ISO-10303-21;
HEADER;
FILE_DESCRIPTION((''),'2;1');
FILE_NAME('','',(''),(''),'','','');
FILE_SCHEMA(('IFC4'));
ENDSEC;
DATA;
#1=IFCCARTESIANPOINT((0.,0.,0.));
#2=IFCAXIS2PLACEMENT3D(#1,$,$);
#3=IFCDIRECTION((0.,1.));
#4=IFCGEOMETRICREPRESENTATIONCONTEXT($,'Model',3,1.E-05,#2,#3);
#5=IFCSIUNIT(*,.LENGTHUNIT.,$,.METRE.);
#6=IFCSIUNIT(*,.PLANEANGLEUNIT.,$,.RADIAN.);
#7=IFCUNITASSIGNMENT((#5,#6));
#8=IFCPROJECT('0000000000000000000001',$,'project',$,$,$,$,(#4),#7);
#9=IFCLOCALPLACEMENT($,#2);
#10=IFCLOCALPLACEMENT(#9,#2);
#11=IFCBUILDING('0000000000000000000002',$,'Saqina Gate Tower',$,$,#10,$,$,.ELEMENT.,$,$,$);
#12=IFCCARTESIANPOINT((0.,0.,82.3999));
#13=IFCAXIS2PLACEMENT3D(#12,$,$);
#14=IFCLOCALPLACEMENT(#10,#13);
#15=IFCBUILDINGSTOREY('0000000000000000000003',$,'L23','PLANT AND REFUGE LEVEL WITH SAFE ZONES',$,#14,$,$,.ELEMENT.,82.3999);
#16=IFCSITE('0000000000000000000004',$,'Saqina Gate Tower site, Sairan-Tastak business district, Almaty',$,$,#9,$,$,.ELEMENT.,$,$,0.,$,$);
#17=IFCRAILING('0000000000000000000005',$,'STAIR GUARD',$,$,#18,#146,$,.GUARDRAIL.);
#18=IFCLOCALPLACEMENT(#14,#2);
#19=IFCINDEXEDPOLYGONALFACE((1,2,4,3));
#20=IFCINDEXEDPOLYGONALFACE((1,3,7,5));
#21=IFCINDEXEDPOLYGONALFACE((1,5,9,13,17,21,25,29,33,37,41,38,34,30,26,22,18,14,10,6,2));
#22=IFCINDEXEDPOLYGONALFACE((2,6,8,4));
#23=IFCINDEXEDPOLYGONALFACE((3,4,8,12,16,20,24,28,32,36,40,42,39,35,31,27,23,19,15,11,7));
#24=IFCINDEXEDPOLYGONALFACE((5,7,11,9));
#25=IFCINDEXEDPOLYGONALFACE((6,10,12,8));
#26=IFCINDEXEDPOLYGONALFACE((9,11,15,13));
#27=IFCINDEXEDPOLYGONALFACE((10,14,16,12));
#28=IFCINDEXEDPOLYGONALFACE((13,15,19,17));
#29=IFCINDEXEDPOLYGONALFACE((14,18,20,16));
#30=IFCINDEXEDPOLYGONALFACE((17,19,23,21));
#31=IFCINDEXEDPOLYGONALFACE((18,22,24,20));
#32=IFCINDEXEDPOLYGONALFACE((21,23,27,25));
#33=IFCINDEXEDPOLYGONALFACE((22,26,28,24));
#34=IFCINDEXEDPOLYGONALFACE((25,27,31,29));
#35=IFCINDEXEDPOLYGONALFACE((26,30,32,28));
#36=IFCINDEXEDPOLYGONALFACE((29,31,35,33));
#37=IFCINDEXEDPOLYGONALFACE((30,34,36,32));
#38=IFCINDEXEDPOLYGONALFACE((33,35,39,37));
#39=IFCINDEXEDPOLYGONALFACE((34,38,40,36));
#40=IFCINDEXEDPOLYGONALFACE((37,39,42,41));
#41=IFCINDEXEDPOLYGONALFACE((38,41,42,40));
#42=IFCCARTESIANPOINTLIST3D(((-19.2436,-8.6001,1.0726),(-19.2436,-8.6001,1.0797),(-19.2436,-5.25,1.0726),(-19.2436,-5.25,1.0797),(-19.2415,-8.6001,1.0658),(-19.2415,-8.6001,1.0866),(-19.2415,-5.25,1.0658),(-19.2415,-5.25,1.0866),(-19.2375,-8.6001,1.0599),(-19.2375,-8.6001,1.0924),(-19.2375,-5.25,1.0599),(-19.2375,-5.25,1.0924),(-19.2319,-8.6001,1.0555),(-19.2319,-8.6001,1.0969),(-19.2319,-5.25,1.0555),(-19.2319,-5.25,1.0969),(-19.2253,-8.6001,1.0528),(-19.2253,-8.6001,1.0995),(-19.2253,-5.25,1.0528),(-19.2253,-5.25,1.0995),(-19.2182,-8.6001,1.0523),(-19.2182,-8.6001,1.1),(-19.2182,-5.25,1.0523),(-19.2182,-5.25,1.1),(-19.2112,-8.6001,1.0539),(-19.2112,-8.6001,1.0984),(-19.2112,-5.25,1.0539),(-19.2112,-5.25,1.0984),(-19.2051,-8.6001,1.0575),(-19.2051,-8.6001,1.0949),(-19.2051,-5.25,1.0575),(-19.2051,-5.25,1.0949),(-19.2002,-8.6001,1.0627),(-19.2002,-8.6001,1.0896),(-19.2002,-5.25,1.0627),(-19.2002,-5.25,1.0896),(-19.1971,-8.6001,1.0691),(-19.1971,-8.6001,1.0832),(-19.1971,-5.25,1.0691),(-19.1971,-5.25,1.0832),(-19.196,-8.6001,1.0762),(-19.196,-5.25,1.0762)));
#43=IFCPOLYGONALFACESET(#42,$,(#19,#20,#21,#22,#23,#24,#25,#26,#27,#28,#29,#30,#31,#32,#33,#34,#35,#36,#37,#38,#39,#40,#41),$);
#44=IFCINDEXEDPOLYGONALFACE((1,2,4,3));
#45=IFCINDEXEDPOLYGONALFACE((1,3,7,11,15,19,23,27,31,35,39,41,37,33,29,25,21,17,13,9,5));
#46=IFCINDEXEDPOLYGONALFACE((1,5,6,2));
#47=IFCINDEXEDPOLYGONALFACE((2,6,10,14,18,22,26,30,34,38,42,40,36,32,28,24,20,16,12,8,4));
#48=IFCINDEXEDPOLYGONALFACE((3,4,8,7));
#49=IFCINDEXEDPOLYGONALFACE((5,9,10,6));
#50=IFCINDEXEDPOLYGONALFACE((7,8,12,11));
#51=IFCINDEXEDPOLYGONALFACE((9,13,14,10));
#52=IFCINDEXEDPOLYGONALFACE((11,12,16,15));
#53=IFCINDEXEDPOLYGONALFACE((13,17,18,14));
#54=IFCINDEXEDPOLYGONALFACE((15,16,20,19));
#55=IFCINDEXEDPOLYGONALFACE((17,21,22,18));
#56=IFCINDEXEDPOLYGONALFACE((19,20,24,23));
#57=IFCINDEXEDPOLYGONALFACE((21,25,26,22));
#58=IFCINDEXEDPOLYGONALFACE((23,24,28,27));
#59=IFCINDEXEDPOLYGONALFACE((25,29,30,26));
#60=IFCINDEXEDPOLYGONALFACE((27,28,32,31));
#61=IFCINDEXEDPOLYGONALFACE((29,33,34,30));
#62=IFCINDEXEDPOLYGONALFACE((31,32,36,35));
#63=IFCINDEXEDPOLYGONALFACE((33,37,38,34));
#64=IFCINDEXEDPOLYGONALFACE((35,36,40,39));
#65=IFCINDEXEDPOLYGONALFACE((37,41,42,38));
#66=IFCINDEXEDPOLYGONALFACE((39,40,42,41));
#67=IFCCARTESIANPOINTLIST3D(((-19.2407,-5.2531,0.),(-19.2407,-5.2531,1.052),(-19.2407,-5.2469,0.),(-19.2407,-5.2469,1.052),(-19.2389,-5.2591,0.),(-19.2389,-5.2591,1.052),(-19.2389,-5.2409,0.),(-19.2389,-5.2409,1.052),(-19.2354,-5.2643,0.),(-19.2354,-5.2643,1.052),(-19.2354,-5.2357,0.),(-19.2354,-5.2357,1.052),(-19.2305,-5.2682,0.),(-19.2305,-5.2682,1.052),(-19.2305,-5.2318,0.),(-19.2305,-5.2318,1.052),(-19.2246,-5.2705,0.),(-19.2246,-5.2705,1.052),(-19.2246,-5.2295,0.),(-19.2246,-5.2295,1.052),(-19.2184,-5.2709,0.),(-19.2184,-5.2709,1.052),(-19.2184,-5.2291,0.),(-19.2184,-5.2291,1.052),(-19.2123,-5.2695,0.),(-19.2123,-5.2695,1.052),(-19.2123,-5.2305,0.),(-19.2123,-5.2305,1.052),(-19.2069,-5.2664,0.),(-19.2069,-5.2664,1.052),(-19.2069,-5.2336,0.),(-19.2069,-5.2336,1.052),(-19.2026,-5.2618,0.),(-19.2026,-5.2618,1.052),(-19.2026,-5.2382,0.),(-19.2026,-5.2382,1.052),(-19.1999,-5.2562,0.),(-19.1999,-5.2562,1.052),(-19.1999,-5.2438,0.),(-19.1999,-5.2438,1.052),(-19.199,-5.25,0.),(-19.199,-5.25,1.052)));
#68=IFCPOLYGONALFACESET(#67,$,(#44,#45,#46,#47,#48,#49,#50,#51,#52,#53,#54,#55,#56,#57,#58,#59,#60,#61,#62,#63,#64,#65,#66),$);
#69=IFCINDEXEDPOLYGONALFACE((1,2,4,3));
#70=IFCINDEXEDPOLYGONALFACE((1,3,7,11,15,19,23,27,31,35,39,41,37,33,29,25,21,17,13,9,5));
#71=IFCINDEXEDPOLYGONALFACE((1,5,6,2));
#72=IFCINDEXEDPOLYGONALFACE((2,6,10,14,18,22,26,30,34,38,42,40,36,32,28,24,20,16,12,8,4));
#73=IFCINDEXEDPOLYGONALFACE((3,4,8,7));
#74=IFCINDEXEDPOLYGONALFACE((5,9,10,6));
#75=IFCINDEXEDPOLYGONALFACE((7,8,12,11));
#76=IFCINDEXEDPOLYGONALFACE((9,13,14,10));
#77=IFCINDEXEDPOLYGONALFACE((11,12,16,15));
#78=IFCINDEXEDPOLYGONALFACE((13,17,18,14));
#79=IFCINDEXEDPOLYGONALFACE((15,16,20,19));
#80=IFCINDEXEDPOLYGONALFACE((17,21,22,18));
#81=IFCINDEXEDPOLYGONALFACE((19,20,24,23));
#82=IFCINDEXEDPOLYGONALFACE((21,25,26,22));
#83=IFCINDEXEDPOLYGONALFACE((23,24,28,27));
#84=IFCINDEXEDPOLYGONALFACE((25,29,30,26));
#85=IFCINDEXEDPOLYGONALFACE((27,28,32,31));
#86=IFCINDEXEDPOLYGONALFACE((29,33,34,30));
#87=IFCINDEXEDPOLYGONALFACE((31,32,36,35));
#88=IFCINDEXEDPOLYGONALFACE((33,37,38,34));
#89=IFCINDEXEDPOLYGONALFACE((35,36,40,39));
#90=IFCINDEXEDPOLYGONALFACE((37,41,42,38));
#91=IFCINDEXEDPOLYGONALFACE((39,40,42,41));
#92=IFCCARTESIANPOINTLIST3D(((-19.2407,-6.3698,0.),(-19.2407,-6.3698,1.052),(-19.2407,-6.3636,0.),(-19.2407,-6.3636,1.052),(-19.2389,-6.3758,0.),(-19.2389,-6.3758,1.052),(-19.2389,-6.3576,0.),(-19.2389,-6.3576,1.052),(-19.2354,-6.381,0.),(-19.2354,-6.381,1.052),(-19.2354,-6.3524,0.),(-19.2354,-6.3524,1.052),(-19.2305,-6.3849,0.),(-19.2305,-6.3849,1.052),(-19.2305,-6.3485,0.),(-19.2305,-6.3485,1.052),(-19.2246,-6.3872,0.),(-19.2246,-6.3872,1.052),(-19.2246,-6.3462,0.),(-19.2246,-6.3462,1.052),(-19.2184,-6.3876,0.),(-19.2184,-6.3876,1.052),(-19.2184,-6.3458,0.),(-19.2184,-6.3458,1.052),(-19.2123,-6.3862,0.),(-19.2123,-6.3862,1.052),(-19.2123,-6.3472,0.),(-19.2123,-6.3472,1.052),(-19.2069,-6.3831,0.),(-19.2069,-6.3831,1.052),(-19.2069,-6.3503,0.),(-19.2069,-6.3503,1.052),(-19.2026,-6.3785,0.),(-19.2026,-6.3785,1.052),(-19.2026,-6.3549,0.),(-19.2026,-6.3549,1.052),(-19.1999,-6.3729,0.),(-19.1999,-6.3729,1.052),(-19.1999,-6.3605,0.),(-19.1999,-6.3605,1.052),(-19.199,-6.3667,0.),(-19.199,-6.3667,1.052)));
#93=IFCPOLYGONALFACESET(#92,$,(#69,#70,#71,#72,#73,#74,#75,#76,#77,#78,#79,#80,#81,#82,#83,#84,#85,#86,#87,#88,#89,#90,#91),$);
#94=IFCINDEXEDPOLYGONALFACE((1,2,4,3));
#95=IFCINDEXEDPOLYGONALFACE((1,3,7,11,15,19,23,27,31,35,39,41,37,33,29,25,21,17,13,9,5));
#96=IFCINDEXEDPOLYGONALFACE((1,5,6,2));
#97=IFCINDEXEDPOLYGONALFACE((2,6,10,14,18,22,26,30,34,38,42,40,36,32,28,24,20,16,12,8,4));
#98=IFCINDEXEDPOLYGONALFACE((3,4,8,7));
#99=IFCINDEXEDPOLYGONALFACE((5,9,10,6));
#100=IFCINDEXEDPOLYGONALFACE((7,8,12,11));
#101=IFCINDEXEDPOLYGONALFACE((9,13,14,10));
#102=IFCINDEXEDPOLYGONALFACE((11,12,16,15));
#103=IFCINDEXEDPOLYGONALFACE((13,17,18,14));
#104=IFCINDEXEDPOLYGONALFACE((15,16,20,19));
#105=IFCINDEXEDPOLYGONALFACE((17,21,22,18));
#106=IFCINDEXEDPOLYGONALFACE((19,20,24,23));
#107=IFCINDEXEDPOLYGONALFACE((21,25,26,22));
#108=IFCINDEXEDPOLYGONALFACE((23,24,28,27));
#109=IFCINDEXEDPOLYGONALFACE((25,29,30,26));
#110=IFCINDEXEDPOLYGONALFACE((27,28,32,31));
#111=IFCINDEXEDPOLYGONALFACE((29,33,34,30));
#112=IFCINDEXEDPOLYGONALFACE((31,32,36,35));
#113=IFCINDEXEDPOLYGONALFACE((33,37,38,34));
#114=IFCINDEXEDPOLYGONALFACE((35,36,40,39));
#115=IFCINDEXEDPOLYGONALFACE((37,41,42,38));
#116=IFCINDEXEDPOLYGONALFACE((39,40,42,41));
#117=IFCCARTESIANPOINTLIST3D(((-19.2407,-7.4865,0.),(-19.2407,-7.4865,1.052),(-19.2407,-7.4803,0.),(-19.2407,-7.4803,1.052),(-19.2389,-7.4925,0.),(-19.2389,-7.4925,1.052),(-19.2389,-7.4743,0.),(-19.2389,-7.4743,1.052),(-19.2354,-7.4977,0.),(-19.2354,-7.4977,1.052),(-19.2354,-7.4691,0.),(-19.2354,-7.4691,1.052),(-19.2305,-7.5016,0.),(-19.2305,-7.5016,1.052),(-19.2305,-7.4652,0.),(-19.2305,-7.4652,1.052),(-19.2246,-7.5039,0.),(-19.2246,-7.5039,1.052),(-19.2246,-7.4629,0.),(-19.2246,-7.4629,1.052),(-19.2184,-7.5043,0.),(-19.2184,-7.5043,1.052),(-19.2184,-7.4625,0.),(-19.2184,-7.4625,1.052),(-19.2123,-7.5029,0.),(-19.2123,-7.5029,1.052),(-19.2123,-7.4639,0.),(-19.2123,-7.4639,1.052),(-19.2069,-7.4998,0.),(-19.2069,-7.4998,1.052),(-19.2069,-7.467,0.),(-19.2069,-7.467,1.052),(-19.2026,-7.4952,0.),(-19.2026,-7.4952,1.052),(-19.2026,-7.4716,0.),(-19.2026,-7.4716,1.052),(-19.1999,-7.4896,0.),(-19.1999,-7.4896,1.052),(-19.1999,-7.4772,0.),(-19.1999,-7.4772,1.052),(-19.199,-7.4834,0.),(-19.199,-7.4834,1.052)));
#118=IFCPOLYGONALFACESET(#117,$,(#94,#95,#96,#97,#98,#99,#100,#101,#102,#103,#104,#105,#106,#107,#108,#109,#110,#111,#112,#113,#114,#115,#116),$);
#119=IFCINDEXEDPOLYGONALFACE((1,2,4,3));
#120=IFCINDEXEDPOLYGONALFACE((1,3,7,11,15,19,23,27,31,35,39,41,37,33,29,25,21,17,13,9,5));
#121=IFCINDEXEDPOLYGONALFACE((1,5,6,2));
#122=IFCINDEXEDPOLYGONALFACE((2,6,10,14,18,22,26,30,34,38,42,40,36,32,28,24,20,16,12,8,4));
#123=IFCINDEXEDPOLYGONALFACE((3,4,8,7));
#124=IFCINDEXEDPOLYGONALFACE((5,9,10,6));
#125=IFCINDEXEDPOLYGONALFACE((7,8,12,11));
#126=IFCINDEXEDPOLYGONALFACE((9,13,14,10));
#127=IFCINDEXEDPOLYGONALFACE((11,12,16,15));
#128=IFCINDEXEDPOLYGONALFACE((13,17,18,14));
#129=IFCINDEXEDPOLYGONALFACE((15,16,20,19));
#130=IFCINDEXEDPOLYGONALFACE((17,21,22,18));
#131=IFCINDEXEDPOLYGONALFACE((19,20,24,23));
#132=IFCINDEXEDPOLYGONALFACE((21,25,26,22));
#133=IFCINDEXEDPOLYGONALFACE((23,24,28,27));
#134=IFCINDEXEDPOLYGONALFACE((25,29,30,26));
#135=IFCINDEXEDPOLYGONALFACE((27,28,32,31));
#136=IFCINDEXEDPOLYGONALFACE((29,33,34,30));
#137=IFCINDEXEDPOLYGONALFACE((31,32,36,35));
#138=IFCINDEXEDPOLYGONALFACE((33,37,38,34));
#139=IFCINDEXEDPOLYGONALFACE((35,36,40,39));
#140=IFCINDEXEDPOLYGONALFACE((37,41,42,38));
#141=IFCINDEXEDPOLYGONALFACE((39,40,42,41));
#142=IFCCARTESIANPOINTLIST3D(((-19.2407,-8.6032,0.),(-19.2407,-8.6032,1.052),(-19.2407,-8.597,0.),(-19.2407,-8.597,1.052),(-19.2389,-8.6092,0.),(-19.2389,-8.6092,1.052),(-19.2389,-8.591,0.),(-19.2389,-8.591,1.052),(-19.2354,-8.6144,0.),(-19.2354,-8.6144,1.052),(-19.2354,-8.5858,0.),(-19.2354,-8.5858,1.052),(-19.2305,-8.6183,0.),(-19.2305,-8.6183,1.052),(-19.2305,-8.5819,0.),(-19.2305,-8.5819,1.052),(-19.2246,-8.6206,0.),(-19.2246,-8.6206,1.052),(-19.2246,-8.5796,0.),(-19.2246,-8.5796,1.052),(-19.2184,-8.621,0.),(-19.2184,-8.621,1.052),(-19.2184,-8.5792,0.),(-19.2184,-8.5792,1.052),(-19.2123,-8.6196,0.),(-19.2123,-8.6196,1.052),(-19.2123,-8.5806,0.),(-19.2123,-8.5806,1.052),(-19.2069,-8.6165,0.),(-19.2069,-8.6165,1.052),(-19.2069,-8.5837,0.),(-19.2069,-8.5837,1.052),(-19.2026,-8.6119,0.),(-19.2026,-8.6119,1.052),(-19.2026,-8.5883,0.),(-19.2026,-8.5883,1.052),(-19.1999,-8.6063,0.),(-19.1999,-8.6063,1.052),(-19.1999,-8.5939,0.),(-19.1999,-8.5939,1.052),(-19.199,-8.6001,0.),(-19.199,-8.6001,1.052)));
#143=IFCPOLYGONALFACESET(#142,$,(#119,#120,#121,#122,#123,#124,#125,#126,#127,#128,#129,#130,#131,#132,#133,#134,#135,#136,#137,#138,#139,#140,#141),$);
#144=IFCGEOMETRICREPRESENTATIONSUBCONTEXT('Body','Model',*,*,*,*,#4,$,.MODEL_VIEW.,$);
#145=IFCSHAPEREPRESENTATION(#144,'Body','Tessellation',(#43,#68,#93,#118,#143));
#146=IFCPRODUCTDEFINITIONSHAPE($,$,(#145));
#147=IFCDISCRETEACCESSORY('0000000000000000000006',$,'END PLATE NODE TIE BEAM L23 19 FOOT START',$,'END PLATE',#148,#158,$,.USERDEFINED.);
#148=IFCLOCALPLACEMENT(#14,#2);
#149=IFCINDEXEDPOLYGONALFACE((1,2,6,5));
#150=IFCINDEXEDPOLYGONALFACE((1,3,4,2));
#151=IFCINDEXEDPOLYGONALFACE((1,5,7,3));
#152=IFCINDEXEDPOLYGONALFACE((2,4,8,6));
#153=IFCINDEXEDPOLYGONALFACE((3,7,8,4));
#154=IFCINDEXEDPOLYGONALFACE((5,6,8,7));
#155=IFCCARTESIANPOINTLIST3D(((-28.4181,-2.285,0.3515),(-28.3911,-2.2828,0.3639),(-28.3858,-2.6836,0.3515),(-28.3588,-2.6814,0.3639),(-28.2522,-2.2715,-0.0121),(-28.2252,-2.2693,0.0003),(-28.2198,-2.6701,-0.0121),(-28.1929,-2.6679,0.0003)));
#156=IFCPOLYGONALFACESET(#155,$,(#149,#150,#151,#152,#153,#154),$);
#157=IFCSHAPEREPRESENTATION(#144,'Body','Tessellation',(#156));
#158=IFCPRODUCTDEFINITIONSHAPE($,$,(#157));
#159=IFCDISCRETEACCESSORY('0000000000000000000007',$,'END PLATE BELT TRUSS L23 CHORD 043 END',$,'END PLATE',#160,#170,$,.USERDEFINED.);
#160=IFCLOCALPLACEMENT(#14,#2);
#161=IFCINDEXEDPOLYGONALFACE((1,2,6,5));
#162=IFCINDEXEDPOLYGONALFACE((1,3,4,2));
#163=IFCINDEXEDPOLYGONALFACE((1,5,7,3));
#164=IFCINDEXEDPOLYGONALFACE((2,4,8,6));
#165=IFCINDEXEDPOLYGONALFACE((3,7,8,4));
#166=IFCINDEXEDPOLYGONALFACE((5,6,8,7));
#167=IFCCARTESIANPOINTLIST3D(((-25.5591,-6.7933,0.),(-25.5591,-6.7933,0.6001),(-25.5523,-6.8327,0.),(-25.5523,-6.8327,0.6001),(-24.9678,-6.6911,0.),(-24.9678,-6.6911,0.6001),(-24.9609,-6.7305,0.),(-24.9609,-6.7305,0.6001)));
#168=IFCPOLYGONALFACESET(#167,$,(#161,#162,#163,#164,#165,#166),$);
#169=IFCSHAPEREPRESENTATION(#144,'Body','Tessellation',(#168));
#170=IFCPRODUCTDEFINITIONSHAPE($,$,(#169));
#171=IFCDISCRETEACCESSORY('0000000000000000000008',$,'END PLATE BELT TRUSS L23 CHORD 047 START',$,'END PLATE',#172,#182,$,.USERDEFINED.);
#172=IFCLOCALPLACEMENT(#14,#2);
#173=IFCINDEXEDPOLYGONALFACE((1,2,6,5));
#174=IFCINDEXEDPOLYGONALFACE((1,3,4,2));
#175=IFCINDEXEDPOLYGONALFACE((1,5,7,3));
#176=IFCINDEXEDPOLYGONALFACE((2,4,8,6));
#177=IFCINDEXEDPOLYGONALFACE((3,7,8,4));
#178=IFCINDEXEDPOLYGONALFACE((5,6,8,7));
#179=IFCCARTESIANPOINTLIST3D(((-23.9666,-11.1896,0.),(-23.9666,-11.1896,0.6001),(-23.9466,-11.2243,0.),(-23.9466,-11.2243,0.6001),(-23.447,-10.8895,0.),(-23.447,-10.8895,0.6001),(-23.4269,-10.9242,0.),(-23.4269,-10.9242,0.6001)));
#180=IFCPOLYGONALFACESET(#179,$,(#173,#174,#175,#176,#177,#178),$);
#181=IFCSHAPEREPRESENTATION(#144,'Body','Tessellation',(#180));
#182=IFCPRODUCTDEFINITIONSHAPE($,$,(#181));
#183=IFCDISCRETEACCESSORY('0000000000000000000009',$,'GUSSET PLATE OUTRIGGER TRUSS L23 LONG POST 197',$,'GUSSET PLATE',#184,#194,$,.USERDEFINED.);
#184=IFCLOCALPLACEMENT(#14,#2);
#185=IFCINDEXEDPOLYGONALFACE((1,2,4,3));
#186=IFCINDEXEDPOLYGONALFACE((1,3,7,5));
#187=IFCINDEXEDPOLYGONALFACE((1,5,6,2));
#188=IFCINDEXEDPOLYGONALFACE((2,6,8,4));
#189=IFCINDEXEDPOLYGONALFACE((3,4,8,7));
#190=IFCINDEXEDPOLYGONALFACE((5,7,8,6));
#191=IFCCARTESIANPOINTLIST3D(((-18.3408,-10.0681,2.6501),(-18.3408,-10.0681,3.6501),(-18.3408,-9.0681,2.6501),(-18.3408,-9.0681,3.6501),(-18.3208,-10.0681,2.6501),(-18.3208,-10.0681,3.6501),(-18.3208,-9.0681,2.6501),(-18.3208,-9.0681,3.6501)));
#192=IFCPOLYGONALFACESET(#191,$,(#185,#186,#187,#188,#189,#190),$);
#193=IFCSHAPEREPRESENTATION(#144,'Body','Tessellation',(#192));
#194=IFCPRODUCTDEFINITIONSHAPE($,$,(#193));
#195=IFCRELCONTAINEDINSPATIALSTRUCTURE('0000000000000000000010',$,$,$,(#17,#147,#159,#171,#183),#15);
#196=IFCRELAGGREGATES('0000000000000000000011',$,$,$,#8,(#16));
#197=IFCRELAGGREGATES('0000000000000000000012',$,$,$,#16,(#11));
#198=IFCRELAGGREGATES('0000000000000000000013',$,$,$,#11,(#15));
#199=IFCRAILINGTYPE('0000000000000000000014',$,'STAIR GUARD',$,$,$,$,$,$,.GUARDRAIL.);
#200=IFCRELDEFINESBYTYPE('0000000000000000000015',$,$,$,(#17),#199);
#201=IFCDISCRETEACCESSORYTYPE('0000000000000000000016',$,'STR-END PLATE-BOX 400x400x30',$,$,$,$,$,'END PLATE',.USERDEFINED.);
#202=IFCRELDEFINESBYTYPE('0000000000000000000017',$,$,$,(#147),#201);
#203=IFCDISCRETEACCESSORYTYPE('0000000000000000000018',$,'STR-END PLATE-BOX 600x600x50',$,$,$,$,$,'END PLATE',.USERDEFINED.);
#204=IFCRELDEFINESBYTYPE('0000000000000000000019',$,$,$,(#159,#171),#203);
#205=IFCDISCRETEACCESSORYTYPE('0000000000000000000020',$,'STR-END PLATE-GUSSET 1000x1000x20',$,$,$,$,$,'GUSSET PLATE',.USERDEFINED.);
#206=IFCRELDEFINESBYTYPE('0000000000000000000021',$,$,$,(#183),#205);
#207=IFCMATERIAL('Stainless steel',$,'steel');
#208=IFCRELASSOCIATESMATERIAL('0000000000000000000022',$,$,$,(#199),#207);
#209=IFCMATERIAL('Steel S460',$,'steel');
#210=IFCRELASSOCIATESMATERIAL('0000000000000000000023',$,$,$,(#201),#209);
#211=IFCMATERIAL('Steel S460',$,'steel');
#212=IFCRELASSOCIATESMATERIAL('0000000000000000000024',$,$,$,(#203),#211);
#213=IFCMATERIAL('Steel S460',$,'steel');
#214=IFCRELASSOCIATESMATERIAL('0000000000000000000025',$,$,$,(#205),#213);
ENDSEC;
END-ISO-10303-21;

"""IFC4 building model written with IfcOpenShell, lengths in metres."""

from ifc_helpers import new_model, si_unit, direction, frame, origin, origin_2d, place, context, subcontext, project, spatial, rectangle, circle, extrude, material, material_profile, profile_set, type_object, element, save


model = new_model("IFC4")

# Units and contexts
model_context = context("Model", 3, precision=1e-05, world=origin(), true_north=direction((0.0, 1.0)))
body_context = subcontext(model_context, "Body", "Model", "MODEL_VIEW")
ifc_project = project(units=[si_unit("LENGTHUNIT", "METRE"), si_unit("PLANEANGLEUNIT", "RADIAN")], contexts=[model_context])

# Site, building, storey
site_placement = place(None, origin())
site = spatial("IfcSite", under=ifc_project, at=site_placement, Name="Saqina Gate Tower site, Sairan-Tastak business district, Almaty", CompositionType="ELEMENT", RefElevation=0.0)
building_placement = place(site_placement, origin())
building = spatial("IfcBuilding", under=site, at=building_placement, Name="Saqina Gate Tower", CompositionType="ELEMENT")
storey_placement = place(building_placement, frame((0.0, 0.0, 82.3999)))
storey = spatial("IfcBuildingStorey", under=building, at=storey_placement, Name="L23", Description="PLANT AND REFUGE LEVEL WITH SAFE ZONES", CompositionType="ELEMENT", Elevation=82.3999)

# Railing
ifc_material_1 = material(Name="Stainless steel", Category="steel")
railing_type = type_object("IfcRailingType", Name="STAIR GUARD", PredefinedType="GUARDRAIL", material=ifc_material_1)
railing_placement = place(storey_placement, frame((-19.22, -5.25, 0.0)))
element("IfcRailing", 1, at=railing_placement, inside=storey, type_object=railing_type, Name="STAIR GUARD", PredefinedType="GUARDRAIL", context=body_context, shape_type="SweptSolid", body=[
    extrude(circle(Radius=0.0239, at=origin_2d()), frame((0.0, 0.0, 1.0762), z_axis=(0.0, -1.0, 0.0), x_axis=(1.0, 0.0, 0.0)), (0.0, 0.0, 1.0), 3.3501),
    extrude(circle(Radius=0.021, at=origin_2d()), origin(), (0.0, 0.0, 1.0), 1.052),
    extrude(circle(Radius=0.021, at=origin_2d()), frame((0.0, -1.1167, 0.0)), (0.0, 0.0, 1.0), 1.052),
    extrude(circle(Radius=0.021, at=origin_2d()), frame((0.0, -2.2334, 0.0)), (0.0, 0.0, 1.0), 1.052),
    extrude(circle(Radius=0.021, at=origin_2d()), frame((0.0, -3.3501, 0.0)), (0.0, 0.0, 1.0), 1.052),
])

# Discrete accessories
ifc_material_2 = material(Name="Steel S460", Category="steel")
ifc_material_profile_1 = material_profile(ifc_material_2, rectangle(XDim=0.3999, YDim=0.3999, at=origin_2d()), Name="STR-END PLATE-BOX 400x400x30")
ifc_profile_set_1 = profile_set([ifc_material_profile_1], Name="Steel S460")
discrete_accessory_type_1 = type_object("IfcDiscreteAccessoryType", Name="STR-END PLATE-BOX 400x400x30", ElementType="END PLATE", PredefinedType="USERDEFINED", material=ifc_profile_set_1)
discrete_accessory_1_placement = place(storey_placement, frame((-28.292, -2.4753, 0.1821), z_axis=(-0.906221, -0.073477, -0.416372), x_axis=(-0.080815, 0.996729, -0.000001)))
element("IfcDiscreteAccessory", 2, at=discrete_accessory_1_placement, inside=storey, type_object=discrete_accessory_type_1, Name="END PLATE NODE TIE BEAM L23 19 FOOT START", ObjectType="END PLATE", PredefinedType="USERDEFINED", context=body_context, shape_type="SweptSolid", body=[
    extrude(rectangle(XDim=0.3999, YDim=0.3999, at=origin_2d()), origin(), (0.0, 0.0, 1.0), 0.0298),
])
ifc_material_3 = material(Name="Steel S460", Category="steel")
ifc_material_profile_2 = material_profile(ifc_material_3, rectangle(XDim=0.6001, YDim=0.6001, at=origin_2d()), Name="STR-END PLATE-BOX 600x600x50")
ifc_profile_set_2 = profile_set([ifc_material_profile_2], Name="Steel S460")
discrete_accessory_type_2 = type_object("IfcDiscreteAccessoryType", Name="STR-END PLATE-BOX 600x600x50", ElementType="END PLATE", PredefinedType="USERDEFINED", material=ifc_profile_set_2)
for number, where, z_axis, x_axis, name in (
    (3, (-25.2634, -6.7422, 0.3), (0.170314, -0.98539, 0.0), (0.98539, 0.170314, 0.0), "END PLATE BELT TRUSS L23 CHORD 043 END"),
    (4, (-23.6868, -11.0742, 0.3), (-0.500074, 0.865982, 0.0), (0.865982, 0.500074, 0.0), "END PLATE BELT TRUSS L23 CHORD 047 START"),
):
    element("IfcDiscreteAccessory", number, at=place(storey_placement, frame(where, z_axis=z_axis, x_axis=x_axis)), inside=storey, type_object=discrete_accessory_type_2, Name=name, ObjectType="END PLATE", PredefinedType="USERDEFINED", context=body_context, shape_type="SweptSolid", body=[
        extrude(rectangle(XDim=0.6001, YDim=0.6001, at=origin_2d()), origin(), (0.0, 0.0, 1.0), 0.04),
    ])
ifc_material_4 = material(Name="Steel S460", Category="steel")
ifc_material_profile_3 = material_profile(ifc_material_4, rectangle(XDim=1.0, YDim=1.0, at=origin_2d()), Name="STR-END PLATE-GUSSET 1000x1000x20")
ifc_profile_set_3 = profile_set([ifc_material_profile_3], Name="Steel S460")
discrete_accessory_type_3 = type_object("IfcDiscreteAccessoryType", Name="STR-END PLATE-GUSSET 1000x1000x20", ElementType="GUSSET PLATE", PredefinedType="USERDEFINED", material=ifc_profile_set_3)
discrete_accessory_2_placement = place(storey_placement, frame((-18.3408, -9.5681, 3.1501), z_axis=(1.0, 0.0, 0.0), x_axis=(0.0, 1.0, 0.0)))
element("IfcDiscreteAccessory", 5, at=discrete_accessory_2_placement, inside=storey, type_object=discrete_accessory_type_3, Name="GUSSET PLATE OUTRIGGER TRUSS L23 LONG POST 197", ObjectType="GUSSET PLATE", PredefinedType="USERDEFINED", context=body_context, shape_type="SweptSolid", body=[
    extrude(rectangle(XDim=1.0, YDim=1.0, at=origin_2d()), origin(), (0.0, 0.0, 1.0), 0.02),
])

save(model, "model.ifc")
